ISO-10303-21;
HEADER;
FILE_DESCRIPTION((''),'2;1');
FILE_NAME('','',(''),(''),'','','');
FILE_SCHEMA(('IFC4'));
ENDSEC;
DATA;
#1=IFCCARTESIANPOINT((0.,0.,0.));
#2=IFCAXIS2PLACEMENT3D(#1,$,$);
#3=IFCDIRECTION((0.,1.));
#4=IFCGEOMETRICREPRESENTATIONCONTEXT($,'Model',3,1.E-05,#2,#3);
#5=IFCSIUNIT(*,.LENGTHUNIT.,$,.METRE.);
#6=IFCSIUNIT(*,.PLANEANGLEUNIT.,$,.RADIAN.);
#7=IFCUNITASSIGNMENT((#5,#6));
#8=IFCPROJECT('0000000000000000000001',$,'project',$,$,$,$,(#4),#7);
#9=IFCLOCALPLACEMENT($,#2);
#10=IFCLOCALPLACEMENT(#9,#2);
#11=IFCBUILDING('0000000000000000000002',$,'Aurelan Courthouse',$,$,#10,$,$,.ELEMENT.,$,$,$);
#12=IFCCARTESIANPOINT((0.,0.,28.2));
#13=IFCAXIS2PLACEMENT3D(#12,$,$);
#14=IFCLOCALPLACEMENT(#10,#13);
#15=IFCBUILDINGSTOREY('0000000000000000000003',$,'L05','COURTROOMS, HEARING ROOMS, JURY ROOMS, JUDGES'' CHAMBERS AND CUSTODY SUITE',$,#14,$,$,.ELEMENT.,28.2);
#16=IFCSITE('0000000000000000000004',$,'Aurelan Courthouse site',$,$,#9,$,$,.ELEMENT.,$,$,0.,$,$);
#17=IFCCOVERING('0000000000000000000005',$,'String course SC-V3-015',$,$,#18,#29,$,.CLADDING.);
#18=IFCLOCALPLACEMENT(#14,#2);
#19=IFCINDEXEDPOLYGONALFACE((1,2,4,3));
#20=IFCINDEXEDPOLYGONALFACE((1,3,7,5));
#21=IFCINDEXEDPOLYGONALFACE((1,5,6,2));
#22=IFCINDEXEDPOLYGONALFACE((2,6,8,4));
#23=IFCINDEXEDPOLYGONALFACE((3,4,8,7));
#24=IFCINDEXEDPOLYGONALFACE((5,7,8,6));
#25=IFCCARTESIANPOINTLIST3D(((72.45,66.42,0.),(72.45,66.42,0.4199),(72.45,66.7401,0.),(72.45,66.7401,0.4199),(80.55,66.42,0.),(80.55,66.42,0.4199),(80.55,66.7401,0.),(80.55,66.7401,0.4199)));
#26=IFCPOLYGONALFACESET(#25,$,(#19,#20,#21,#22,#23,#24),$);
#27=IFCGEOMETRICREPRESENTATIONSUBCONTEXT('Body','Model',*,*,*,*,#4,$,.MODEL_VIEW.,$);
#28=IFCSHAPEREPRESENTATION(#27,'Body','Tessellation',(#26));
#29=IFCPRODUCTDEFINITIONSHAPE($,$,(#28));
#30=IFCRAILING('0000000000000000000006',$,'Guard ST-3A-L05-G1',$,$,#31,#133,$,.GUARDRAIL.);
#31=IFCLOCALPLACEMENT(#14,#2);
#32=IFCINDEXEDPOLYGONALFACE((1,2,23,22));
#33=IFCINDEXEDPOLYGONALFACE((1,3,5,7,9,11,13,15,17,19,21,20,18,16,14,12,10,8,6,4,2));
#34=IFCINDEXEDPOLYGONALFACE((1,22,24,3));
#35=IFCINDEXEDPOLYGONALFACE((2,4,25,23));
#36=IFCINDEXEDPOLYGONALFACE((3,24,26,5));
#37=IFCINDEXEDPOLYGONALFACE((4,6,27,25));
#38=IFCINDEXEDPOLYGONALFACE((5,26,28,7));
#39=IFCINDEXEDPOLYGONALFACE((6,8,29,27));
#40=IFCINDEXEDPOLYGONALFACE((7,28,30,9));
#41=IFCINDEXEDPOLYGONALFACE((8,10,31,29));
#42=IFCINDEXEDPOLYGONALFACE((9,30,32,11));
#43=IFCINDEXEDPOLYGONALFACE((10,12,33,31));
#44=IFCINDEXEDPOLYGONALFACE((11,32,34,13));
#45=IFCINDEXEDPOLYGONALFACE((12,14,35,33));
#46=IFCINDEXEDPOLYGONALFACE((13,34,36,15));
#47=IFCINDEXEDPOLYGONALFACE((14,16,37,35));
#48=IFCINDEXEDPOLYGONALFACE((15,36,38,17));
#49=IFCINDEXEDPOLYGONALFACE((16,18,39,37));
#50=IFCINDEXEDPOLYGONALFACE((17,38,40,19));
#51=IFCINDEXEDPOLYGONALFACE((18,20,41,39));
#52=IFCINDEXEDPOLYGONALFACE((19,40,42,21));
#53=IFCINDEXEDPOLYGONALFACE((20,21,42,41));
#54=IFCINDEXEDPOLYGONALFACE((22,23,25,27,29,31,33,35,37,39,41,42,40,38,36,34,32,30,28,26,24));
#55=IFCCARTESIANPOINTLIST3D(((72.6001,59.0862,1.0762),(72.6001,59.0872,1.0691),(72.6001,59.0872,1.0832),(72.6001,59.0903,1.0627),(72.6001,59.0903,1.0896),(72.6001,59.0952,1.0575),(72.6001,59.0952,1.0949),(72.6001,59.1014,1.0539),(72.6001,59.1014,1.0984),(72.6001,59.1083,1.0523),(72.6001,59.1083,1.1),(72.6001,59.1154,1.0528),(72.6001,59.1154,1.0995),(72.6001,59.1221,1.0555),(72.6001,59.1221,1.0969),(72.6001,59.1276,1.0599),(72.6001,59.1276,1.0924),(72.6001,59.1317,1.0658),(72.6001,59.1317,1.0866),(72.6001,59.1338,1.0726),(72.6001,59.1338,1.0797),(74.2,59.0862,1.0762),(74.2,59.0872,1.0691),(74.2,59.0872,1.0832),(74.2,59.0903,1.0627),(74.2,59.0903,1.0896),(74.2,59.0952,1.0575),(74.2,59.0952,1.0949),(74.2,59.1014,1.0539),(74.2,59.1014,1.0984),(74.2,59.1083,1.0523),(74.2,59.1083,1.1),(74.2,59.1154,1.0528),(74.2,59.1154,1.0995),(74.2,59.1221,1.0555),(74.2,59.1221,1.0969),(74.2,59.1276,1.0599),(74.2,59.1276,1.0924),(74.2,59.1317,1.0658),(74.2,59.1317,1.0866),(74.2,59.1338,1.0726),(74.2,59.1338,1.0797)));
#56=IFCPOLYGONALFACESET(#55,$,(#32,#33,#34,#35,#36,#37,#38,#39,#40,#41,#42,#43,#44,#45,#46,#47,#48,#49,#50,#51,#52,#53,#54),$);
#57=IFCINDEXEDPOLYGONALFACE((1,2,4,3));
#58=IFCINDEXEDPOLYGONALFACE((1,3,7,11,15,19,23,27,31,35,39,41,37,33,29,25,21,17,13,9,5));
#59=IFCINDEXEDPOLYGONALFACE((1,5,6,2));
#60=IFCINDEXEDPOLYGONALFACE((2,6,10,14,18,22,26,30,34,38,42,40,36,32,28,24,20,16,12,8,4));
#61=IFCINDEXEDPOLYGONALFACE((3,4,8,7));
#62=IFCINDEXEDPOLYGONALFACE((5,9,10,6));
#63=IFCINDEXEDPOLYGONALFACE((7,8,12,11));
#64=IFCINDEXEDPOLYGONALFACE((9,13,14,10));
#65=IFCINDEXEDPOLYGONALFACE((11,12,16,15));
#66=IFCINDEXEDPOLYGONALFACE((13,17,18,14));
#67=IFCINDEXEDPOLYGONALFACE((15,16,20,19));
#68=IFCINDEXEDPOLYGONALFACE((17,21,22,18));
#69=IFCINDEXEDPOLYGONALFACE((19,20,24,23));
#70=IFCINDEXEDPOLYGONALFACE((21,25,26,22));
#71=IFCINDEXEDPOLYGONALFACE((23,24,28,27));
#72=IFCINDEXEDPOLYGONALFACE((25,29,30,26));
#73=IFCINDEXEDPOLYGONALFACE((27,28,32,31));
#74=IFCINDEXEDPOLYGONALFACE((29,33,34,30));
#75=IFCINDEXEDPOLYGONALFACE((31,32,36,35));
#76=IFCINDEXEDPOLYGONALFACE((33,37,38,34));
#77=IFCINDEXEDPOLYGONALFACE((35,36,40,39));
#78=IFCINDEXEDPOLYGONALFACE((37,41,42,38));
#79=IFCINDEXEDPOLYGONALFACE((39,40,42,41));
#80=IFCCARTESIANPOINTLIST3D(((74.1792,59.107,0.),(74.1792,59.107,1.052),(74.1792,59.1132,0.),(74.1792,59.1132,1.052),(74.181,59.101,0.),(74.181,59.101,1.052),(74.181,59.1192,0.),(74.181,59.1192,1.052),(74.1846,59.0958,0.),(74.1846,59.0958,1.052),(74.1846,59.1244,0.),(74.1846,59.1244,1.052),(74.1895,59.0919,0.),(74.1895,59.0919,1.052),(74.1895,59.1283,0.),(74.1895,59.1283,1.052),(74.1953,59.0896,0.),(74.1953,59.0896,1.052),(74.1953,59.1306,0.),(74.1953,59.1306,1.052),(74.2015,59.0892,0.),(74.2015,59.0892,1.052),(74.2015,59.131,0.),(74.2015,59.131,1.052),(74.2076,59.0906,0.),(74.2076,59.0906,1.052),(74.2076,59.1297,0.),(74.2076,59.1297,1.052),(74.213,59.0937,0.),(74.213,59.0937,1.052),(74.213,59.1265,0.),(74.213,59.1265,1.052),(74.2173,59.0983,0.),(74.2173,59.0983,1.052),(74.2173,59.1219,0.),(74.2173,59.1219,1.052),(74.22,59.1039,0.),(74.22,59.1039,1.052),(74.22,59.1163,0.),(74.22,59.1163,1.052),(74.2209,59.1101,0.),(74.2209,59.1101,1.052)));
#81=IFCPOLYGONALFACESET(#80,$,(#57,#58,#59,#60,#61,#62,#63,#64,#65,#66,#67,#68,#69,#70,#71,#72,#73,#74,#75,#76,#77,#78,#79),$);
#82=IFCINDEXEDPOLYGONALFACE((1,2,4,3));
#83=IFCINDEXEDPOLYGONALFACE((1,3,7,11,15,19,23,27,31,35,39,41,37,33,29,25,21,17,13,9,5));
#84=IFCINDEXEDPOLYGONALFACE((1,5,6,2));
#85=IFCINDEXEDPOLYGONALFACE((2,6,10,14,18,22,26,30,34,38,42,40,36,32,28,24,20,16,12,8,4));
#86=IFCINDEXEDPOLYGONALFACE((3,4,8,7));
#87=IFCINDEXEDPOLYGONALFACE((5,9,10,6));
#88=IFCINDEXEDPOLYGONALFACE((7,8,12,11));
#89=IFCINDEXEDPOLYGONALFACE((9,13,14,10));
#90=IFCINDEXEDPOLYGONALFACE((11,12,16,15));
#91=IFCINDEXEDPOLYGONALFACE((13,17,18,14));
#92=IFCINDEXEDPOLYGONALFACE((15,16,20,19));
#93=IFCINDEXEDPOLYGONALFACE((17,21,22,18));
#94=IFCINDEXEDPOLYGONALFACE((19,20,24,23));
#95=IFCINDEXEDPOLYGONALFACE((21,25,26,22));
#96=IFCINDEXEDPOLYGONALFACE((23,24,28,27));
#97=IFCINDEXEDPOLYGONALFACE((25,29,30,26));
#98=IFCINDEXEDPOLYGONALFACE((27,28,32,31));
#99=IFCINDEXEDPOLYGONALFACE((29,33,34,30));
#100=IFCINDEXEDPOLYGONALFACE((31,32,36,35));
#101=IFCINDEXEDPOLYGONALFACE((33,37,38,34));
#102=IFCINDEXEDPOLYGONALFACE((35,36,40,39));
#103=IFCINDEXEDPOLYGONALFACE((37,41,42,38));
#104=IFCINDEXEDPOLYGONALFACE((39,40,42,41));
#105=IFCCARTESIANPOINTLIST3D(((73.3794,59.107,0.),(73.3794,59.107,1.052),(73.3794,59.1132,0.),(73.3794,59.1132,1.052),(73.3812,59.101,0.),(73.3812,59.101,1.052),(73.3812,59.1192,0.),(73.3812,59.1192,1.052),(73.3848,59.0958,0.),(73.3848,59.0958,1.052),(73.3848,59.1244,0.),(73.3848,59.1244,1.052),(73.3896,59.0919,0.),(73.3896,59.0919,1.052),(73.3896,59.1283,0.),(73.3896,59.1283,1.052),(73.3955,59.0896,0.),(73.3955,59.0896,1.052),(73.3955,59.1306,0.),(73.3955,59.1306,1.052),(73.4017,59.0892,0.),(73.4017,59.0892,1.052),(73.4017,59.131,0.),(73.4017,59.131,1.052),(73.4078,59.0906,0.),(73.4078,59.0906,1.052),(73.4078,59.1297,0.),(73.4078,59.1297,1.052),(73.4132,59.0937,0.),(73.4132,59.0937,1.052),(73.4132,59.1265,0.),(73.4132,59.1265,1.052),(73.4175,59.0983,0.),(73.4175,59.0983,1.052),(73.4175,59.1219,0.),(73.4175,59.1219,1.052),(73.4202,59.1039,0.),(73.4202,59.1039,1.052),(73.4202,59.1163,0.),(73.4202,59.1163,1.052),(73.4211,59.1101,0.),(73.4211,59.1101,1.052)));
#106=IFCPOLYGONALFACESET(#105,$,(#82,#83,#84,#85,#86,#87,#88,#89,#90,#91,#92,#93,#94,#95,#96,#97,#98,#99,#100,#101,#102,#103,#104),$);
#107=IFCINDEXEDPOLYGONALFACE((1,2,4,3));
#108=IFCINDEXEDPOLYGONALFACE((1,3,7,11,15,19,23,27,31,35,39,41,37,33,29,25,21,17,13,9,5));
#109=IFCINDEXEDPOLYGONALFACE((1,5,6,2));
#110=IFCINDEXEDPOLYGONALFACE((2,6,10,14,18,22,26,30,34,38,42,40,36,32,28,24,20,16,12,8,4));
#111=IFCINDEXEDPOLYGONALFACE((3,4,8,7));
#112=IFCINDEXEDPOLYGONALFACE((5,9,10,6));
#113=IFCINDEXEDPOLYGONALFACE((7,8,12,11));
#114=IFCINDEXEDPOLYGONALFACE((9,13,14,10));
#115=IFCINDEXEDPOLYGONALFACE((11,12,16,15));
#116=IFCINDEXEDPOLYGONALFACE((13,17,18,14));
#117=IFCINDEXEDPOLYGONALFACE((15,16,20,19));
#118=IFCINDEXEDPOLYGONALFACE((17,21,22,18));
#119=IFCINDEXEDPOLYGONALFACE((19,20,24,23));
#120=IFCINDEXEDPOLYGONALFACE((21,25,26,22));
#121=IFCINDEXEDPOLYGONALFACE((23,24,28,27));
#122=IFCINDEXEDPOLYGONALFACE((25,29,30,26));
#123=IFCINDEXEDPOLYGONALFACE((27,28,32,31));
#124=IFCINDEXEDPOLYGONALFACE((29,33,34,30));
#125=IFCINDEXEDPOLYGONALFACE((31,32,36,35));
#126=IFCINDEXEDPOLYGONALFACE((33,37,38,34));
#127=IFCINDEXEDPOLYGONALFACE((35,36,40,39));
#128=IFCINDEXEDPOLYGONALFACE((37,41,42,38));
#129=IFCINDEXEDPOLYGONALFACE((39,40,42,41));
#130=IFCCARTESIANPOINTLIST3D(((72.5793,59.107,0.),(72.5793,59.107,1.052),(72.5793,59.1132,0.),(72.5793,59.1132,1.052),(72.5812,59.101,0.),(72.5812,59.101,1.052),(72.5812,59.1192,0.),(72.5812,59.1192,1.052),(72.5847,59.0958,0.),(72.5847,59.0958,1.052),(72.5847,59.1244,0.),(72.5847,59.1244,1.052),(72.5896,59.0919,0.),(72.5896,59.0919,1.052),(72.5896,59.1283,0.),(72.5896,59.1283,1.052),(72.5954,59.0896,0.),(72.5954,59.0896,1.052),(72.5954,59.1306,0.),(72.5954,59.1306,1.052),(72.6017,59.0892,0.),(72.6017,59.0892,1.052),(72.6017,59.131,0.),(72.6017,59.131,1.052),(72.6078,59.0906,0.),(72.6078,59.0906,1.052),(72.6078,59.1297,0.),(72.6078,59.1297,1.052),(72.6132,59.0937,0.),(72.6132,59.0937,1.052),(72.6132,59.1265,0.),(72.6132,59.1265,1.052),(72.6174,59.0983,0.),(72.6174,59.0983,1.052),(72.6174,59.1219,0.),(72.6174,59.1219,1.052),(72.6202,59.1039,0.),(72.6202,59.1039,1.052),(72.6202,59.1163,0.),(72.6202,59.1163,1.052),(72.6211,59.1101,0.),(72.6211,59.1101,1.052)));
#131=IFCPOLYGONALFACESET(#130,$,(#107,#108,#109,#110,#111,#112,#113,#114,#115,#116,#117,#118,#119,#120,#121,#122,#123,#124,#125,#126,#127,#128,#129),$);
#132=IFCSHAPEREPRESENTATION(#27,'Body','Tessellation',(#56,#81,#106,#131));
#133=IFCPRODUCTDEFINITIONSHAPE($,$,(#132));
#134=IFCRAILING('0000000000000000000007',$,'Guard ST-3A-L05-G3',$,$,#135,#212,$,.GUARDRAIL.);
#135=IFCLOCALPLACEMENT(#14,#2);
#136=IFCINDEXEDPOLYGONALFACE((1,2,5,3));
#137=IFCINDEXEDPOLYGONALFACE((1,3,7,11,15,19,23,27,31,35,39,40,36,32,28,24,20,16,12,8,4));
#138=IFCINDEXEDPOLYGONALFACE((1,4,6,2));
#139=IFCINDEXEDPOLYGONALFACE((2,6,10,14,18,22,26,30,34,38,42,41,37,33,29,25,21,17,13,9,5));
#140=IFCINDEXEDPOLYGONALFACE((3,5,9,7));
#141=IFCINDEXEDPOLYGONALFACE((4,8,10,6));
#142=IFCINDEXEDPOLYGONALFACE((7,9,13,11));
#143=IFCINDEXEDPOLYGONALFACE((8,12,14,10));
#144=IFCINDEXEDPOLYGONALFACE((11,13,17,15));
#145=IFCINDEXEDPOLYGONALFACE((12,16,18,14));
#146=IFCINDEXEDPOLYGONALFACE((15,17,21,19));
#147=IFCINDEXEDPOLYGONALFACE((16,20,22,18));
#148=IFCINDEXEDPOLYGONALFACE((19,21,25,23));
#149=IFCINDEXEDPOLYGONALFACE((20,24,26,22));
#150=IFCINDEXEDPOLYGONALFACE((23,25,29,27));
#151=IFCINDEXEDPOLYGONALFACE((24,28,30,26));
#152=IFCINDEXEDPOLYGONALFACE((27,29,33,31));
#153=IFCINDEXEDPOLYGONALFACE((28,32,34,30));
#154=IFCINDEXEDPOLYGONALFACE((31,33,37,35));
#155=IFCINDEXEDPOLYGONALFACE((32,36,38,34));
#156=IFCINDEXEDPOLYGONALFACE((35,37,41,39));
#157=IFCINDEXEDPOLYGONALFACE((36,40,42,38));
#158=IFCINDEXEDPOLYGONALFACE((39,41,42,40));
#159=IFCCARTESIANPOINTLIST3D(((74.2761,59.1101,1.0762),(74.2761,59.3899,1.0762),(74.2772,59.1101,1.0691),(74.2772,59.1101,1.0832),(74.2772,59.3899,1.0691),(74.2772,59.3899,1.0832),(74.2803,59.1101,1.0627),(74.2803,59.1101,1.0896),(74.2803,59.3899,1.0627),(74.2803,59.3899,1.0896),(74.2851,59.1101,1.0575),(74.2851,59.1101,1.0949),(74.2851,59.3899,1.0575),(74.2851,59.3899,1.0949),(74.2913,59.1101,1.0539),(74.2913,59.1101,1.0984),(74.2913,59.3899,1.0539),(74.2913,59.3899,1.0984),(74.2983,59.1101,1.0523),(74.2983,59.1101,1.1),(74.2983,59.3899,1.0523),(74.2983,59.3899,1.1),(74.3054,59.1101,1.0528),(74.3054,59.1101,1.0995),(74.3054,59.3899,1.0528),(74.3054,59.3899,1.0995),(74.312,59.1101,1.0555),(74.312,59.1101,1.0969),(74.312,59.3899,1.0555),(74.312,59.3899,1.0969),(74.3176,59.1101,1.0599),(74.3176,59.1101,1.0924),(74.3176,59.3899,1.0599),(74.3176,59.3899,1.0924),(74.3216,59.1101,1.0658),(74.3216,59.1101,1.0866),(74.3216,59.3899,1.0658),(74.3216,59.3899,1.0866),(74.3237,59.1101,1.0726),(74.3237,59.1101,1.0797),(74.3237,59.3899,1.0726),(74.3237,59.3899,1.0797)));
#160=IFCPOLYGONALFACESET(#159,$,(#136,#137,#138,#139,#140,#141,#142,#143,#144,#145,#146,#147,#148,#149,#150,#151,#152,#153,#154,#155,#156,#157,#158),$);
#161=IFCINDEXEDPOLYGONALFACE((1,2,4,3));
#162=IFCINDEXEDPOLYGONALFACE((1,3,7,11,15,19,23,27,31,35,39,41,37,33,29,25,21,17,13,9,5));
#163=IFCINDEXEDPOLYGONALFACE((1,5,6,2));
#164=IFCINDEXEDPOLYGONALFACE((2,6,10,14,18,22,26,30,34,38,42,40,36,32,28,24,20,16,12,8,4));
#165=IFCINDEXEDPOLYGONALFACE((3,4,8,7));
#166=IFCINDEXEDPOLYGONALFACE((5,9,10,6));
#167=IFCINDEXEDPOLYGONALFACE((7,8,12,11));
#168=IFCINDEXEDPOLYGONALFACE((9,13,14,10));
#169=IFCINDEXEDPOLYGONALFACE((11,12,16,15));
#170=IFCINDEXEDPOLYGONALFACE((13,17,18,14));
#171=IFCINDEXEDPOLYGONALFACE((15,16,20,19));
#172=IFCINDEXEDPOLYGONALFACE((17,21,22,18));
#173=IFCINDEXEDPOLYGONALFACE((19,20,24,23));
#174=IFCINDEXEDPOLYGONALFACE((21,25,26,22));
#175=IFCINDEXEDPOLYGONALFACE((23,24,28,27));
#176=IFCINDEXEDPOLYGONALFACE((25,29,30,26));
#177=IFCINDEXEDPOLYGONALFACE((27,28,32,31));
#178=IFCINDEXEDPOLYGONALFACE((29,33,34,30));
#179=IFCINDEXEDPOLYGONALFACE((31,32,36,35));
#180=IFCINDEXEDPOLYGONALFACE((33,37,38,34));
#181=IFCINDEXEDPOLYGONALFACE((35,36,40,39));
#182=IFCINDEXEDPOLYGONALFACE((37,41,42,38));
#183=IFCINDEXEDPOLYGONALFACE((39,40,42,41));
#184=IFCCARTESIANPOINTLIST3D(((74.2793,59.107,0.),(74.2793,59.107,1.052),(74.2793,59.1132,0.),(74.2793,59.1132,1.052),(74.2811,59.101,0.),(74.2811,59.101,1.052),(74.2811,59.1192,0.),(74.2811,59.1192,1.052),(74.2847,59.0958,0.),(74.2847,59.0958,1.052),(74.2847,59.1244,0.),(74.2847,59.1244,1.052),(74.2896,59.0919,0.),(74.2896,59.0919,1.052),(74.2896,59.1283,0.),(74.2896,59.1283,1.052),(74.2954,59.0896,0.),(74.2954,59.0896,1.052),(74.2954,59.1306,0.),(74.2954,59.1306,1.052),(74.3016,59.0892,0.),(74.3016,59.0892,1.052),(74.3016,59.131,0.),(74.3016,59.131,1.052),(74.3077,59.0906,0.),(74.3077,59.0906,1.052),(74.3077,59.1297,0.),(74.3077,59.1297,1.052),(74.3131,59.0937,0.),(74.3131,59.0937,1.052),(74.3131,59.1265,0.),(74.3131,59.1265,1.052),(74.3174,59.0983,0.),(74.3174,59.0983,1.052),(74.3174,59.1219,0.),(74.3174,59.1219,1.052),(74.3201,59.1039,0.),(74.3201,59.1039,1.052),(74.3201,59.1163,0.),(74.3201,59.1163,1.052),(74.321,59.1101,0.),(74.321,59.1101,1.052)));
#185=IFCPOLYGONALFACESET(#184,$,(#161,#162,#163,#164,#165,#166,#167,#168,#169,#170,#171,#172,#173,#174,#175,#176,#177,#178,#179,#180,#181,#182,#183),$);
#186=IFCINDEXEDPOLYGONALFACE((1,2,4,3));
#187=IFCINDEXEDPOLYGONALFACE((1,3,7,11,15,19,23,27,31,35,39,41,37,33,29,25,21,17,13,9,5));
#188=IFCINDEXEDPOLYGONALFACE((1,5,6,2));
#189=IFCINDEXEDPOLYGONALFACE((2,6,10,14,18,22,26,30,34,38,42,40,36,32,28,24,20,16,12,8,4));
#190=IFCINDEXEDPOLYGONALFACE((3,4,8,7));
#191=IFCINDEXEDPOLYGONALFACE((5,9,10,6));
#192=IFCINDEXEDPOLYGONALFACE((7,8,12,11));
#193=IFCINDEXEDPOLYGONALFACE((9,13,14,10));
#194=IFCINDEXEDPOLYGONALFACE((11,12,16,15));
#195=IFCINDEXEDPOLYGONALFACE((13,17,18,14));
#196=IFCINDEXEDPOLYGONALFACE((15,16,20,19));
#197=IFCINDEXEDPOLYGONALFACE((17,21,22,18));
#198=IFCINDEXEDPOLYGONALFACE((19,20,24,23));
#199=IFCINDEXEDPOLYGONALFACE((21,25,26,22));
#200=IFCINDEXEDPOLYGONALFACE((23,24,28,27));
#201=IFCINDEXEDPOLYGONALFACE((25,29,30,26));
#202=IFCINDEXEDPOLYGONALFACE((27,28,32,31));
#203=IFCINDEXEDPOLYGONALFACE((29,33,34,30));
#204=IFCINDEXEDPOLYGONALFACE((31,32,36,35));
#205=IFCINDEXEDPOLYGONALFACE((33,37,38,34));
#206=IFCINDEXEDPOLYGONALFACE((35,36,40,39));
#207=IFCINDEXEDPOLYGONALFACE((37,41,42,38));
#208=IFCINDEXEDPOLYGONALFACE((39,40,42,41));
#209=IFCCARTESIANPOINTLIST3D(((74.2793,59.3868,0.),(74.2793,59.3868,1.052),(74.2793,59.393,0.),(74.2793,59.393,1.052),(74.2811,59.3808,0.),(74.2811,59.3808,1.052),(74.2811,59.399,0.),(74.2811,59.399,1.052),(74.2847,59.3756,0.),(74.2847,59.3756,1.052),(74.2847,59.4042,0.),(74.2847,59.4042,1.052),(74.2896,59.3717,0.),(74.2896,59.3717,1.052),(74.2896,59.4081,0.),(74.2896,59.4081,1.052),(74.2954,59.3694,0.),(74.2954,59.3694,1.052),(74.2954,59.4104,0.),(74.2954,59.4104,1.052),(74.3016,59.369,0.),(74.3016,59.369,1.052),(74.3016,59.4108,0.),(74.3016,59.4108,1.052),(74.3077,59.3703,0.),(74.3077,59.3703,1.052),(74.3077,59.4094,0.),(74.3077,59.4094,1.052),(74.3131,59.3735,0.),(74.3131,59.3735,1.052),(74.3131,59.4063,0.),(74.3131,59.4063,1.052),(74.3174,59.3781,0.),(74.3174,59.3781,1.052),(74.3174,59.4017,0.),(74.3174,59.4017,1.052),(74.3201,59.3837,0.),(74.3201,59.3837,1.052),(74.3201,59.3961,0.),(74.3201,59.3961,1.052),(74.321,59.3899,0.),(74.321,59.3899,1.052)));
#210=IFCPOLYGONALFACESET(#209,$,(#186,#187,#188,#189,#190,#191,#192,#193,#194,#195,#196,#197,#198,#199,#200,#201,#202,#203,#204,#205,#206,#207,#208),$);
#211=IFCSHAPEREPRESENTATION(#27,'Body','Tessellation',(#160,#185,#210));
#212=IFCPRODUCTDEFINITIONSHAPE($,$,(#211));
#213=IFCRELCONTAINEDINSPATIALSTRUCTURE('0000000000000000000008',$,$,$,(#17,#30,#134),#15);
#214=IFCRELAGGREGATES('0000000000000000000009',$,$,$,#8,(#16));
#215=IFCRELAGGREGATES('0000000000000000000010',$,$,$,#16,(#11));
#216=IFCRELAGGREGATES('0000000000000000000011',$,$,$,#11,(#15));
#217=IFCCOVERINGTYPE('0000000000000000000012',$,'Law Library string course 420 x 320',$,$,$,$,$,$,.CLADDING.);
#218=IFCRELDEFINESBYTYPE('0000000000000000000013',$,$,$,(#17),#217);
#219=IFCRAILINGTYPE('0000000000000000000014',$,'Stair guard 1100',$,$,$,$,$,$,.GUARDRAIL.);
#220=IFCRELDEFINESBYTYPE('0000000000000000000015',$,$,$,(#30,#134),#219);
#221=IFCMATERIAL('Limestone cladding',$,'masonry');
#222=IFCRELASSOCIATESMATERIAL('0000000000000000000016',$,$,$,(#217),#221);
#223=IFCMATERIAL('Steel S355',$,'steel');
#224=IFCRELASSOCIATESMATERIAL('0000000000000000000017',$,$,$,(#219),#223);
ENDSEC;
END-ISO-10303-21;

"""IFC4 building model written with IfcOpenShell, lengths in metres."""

from ifc_helpers import new_model, si_unit, direction, frame, origin, origin_2d, place, context, subcontext, project, spatial, rectangle, circle, extrude, material, type_object, element, save


model = new_model("IFC4")

# Units and contexts
model_context = context("Model", 3, precision=1e-05, world=origin(), true_north=direction((0.0, 1.0)))
body_context = subcontext(model_context, "Body", "Model", "MODEL_VIEW")
ifc_project = project(units=[si_unit("LENGTHUNIT", "METRE"), si_unit("PLANEANGLEUNIT", "RADIAN")], contexts=[model_context])

# Site, building, storey
site_placement = place(None, origin())
site = spatial("IfcSite", under=ifc_project, at=site_placement, Name="Aurelan Courthouse site", CompositionType="ELEMENT", RefElevation=0.0)
building_placement = place(site_placement, origin())
building = spatial("IfcBuilding", under=site, at=building_placement, Name="Aurelan Courthouse", CompositionType="ELEMENT")
storey_placement = place(building_placement, frame((0.0, 0.0, 28.2)))
storey = spatial("IfcBuildingStorey", under=building, at=storey_placement, Name="L05", Description="COURTROOMS, HEARING ROOMS, JURY ROOMS, JUDGES' CHAMBERS AND CUSTODY SUITE", CompositionType="ELEMENT", Elevation=28.2)

# Shared definitions
ifc_material_1 = material(Name="Limestone cladding", Category="masonry")

# Covering
covering_type_1 = type_object("IfcCoveringType", Name="Law Library string course 420 x 320", PredefinedType="CLADDING", material=ifc_material_1)
covering_1_placement = place(storey_placement, frame((76.5, 66.5801, 0.0), z_axis=(0.0, 0.0, 1.0), x_axis=(1.0, 0.0, 0.0)))
element("IfcCovering", 1, at=covering_1_placement, inside=storey, type_object=covering_type_1, Name="String course SC-V3-015", PredefinedType="CLADDING", context=body_context, shape_type="SweptSolid", body=[
    extrude(rectangle(XDim=8.1001, YDim=0.3201, at=origin_2d()), origin(), (0.0, 0.0, 1.0), 0.4199),
])

# Railings
ifc_material_2 = material(Name="Steel S355", Category="steel")
railing_type = type_object("IfcRailingType", Name="Stair guard 1100", PredefinedType="GUARDRAIL", material=ifc_material_2)
railing_1_placement = place(storey_placement, frame((74.2, 59.1101, 0.0)))
element("IfcRailing", 2, at=railing_1_placement, inside=storey, type_object=railing_type, Name="Guard ST-3A-L05-G1", PredefinedType="GUARDRAIL", context=body_context, shape_type="SweptSolid", body=[
    extrude(circle(Radius=0.0239, at=origin_2d()), frame((0.0, 0.0, 1.0762), z_axis=(-1.0, 0.0, 0.0), x_axis=(0.0, -1.0, 0.0)), (0.0, 0.0, 1.0), 1.5999),
    extrude(circle(Radius=0.021, at=origin_2d()), origin(), (0.0, 0.0, 1.0), 1.052),
    extrude(circle(Radius=0.021, at=origin_2d()), frame((-0.7998, 0.0, 0.0)), (0.0, 0.0, 1.0), 1.052),
    extrude(circle(Radius=0.021, at=origin_2d()), frame((-1.5999, 0.0, 0.0)), (0.0, 0.0, 1.0), 1.052),
])
railing_2_placement = place(storey_placement, frame((74.3, 59.1101, 0.0)))
element("IfcRailing", 3, at=railing_2_placement, inside=storey, type_object=railing_type, Name="Guard ST-3A-L05-G3", PredefinedType="GUARDRAIL", context=body_context, shape_type="SweptSolid", body=[
    extrude(circle(Radius=0.0239, at=origin_2d()), frame((0.0, 0.0, 1.0762), z_axis=(0.0, 1.0, 0.0), x_axis=(-1.0, 0.0, 0.0)), (0.0, 0.0, 1.0), 0.2798),
    extrude(circle(Radius=0.021, at=origin_2d()), origin(), (0.0, 0.0, 1.0), 1.052),
    extrude(circle(Radius=0.021, at=origin_2d()), frame((0.0, 0.2798, 0.0)), (0.0, 0.0, 1.0), 1.052),
])

save(model, "model.ifc")
